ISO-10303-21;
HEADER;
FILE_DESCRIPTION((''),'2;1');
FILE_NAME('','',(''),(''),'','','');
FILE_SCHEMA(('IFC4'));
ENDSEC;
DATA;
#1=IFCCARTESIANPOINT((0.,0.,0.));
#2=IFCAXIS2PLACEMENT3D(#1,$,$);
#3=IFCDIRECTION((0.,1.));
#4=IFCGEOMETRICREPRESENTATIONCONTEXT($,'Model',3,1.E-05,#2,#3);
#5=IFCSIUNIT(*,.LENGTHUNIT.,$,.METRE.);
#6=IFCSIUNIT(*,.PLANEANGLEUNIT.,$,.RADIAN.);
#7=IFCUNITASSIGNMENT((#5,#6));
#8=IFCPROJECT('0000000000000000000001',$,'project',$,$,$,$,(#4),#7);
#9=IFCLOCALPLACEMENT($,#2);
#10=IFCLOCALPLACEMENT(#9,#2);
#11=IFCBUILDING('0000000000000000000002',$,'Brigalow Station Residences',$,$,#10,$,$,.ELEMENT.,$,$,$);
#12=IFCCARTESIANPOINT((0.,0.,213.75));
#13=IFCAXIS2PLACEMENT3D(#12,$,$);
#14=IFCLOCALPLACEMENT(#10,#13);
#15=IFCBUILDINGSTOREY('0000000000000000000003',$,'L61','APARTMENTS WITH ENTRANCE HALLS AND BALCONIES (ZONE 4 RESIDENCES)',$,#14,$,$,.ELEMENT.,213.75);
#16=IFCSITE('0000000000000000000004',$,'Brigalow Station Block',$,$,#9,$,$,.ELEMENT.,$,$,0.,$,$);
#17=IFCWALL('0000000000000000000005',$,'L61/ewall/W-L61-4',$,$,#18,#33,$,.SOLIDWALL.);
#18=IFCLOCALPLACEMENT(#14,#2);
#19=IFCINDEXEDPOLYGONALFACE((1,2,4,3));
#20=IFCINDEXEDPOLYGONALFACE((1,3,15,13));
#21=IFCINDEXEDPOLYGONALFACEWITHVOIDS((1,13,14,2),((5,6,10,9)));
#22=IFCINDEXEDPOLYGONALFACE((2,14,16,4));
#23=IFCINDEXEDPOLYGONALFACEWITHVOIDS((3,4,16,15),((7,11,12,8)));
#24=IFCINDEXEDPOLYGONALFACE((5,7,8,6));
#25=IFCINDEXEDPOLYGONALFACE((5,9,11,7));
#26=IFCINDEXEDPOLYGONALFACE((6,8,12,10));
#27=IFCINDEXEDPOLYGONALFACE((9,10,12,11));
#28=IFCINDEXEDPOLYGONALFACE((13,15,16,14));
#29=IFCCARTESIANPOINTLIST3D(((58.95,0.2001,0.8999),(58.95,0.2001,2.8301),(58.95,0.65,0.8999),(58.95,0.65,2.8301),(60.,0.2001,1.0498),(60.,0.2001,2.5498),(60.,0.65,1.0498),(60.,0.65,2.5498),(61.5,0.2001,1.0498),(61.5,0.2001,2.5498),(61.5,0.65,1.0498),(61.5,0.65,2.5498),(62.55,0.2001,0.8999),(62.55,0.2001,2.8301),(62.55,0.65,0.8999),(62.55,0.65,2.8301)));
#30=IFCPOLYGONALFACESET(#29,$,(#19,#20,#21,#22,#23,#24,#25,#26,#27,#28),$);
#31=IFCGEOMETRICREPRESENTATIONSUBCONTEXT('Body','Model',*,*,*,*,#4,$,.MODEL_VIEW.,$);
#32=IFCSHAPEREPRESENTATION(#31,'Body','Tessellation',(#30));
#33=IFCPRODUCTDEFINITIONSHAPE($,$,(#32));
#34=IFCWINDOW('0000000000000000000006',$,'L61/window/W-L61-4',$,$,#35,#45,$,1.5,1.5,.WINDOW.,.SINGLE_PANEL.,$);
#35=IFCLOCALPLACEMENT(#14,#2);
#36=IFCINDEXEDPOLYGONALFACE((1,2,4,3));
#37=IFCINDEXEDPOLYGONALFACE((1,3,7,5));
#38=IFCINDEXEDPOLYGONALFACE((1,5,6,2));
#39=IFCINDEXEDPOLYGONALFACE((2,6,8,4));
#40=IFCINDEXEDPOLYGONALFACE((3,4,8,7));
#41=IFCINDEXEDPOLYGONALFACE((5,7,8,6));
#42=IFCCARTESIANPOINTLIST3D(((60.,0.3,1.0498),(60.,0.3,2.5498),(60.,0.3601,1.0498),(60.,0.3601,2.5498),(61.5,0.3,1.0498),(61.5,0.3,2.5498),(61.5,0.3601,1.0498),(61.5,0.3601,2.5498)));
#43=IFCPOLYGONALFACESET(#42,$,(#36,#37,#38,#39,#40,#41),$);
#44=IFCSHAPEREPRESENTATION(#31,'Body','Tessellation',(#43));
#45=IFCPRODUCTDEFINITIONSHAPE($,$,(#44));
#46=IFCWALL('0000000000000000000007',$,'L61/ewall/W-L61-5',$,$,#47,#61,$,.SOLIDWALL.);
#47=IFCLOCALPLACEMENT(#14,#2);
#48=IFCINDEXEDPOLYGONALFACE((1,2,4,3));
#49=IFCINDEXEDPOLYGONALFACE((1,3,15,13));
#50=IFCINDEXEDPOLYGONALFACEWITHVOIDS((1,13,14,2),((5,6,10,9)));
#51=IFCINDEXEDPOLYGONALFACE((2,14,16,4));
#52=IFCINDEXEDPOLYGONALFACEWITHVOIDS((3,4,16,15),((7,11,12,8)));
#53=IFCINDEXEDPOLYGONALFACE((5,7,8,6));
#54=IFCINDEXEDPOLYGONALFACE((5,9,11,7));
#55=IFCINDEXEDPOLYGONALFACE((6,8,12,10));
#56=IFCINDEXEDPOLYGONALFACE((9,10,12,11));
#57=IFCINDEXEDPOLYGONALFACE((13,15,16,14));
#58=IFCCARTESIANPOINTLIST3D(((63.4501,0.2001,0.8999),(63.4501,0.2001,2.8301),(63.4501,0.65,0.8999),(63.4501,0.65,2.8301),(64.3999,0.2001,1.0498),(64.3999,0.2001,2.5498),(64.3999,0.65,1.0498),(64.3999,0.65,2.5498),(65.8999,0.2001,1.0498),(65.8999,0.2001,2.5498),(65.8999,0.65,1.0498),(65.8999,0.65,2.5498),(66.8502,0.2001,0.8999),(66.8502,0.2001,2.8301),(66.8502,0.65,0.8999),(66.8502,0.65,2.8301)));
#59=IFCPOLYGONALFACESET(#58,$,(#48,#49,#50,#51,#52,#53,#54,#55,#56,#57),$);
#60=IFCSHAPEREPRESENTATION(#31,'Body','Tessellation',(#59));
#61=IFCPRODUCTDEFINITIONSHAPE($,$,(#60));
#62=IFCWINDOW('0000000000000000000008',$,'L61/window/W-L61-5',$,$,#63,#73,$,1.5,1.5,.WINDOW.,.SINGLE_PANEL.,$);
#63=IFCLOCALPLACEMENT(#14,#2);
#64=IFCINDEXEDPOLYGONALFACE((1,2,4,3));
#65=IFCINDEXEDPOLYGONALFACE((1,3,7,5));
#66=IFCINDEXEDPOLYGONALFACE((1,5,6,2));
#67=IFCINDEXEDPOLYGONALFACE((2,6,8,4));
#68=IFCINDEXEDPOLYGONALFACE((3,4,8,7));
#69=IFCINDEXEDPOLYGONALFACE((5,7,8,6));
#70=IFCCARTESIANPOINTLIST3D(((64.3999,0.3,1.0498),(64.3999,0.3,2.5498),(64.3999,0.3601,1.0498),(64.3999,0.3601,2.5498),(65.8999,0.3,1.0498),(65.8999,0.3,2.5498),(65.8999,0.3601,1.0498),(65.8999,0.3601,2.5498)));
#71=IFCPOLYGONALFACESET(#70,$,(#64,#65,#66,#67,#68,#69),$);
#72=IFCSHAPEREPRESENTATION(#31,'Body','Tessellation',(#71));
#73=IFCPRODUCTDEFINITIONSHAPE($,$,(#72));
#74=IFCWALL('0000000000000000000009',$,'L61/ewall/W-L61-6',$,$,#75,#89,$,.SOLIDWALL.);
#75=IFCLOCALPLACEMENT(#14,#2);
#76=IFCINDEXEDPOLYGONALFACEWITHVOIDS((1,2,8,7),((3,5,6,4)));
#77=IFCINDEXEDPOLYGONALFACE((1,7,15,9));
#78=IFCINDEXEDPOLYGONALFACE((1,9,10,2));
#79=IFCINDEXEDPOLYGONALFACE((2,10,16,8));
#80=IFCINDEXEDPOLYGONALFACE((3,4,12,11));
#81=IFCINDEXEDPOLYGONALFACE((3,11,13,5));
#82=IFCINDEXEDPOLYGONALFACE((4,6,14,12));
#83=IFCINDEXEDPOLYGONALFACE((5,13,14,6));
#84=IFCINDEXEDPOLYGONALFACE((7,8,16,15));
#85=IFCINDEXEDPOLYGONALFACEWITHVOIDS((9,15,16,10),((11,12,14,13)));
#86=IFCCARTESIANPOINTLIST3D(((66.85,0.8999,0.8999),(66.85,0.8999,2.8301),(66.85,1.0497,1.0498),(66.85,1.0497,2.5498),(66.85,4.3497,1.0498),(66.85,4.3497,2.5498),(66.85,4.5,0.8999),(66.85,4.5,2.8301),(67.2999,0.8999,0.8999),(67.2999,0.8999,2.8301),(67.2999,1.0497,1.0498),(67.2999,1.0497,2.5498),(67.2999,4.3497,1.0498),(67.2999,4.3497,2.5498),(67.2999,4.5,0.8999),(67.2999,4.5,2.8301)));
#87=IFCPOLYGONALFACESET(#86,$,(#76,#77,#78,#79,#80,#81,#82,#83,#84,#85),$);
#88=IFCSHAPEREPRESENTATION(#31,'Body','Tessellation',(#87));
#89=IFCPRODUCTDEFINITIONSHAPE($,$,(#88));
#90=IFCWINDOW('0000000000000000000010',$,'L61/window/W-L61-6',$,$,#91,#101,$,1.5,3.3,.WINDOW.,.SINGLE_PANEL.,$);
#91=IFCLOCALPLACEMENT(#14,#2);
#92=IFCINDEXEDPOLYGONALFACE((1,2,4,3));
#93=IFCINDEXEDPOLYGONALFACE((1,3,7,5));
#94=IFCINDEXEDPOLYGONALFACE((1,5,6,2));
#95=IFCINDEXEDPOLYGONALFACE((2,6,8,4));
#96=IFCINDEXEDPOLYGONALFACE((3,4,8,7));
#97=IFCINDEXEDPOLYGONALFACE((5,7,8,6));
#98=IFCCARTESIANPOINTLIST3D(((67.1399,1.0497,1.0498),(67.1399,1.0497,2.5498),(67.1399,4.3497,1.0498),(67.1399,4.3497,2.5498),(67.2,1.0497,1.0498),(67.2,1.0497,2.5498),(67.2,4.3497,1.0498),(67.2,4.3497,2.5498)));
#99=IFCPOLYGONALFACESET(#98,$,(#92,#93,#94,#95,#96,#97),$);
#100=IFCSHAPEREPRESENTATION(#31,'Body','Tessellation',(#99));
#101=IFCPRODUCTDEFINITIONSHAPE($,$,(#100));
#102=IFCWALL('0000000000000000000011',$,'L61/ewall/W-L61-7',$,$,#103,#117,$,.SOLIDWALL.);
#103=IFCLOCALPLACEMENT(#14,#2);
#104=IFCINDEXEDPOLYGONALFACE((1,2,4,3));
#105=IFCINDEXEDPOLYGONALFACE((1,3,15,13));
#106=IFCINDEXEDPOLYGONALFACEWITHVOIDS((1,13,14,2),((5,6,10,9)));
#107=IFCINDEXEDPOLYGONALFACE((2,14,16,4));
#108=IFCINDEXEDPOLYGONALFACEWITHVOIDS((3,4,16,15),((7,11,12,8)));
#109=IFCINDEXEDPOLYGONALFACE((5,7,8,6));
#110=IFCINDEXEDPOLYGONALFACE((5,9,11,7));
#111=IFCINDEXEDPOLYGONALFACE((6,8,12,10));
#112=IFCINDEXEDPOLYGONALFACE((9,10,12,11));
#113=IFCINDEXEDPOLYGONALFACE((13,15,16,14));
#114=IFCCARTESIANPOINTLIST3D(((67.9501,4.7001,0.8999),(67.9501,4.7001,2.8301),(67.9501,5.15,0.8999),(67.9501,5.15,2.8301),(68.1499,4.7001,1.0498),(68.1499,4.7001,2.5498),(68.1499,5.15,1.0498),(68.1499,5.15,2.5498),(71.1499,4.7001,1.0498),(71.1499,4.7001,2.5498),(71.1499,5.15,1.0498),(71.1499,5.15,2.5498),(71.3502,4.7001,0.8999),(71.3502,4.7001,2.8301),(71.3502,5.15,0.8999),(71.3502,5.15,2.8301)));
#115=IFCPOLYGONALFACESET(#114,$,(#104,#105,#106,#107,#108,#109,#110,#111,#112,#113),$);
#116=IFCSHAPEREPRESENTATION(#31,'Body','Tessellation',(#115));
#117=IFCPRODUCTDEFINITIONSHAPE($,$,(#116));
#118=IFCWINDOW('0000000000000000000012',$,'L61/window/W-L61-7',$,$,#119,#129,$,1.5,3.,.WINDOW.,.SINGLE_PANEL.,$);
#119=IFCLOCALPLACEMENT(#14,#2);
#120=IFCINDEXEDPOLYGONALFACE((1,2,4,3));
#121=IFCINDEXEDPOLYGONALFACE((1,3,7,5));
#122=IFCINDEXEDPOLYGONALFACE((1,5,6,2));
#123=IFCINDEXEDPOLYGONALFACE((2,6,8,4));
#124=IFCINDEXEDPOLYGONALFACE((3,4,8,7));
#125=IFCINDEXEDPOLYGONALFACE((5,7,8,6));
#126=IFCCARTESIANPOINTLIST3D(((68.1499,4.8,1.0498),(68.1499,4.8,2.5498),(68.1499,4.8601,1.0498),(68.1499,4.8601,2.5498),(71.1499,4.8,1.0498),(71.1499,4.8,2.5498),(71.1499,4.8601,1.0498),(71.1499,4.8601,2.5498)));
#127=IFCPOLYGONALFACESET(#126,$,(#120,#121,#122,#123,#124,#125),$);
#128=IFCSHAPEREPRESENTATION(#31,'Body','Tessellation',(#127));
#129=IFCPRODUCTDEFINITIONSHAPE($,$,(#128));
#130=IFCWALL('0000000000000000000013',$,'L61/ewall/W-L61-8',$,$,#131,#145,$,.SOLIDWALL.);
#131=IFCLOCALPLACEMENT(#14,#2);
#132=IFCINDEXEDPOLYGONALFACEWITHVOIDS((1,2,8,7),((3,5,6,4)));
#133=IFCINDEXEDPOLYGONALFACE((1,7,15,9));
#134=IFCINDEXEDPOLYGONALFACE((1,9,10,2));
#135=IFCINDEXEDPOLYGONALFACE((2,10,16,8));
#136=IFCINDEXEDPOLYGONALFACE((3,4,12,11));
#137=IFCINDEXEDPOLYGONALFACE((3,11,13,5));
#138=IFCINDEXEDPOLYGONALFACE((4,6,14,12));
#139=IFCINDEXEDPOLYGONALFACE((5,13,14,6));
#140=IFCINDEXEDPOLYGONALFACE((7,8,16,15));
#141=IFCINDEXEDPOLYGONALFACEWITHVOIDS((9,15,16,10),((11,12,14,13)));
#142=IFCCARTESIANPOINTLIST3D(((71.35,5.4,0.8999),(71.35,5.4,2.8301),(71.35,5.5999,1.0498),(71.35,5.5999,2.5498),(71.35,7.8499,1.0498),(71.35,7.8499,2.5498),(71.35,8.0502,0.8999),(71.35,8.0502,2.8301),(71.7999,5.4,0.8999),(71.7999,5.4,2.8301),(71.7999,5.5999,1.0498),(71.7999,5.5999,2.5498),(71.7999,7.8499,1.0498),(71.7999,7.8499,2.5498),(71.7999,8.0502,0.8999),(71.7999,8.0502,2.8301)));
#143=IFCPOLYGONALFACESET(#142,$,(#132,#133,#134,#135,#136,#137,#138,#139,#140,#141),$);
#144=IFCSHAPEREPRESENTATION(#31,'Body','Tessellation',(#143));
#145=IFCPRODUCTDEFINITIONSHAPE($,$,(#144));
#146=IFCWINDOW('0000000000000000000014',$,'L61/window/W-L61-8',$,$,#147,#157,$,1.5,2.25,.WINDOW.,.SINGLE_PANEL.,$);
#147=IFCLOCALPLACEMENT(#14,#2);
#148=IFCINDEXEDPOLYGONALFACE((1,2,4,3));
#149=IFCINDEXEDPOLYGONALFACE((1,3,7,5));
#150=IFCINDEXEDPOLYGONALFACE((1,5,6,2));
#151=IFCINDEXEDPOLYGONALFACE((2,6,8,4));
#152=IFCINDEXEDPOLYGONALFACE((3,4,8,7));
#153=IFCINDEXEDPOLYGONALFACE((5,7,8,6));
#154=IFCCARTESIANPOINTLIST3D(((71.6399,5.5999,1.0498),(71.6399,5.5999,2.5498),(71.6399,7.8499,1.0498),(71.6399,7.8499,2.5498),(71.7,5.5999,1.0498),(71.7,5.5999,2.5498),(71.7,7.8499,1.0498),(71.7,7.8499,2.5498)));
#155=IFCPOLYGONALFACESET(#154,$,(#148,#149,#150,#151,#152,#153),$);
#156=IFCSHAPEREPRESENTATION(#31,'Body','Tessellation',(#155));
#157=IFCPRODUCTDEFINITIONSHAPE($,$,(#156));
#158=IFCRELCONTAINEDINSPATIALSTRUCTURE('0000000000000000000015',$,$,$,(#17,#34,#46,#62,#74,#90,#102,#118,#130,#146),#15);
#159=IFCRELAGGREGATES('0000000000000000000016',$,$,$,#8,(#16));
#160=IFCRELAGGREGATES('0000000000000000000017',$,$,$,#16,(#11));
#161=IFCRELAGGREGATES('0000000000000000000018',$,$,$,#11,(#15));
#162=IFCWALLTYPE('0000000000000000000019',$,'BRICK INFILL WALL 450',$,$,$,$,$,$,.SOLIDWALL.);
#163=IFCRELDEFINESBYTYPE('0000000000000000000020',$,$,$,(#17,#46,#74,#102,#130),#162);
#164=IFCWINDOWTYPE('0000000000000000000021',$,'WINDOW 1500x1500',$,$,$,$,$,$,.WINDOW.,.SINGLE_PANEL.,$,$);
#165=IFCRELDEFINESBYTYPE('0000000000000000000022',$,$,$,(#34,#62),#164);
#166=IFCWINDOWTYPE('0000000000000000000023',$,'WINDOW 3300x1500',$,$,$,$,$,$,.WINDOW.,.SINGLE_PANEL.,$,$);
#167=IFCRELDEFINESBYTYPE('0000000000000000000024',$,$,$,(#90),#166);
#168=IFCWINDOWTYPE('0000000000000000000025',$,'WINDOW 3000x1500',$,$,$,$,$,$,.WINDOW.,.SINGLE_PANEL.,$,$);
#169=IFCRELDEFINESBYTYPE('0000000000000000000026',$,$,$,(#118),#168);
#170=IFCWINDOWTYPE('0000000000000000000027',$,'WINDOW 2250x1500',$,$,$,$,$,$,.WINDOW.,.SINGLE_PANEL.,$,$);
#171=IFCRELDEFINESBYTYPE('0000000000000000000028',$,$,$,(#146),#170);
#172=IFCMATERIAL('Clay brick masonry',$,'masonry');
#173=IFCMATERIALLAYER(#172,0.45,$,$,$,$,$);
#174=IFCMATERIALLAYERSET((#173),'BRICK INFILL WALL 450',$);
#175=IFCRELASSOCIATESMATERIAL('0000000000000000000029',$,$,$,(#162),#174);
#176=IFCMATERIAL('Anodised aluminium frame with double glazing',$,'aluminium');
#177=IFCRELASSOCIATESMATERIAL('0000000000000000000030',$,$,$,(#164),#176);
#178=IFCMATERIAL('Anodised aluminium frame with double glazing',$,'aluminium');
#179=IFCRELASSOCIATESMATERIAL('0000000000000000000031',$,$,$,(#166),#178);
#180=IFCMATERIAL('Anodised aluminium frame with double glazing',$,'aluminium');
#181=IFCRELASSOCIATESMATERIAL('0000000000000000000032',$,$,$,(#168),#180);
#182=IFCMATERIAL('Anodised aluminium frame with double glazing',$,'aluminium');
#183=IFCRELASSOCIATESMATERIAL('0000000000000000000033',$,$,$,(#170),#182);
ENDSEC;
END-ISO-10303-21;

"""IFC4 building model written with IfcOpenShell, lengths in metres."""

from ifc_helpers import new_model, si_unit, direction, frame, frame_2d, origin, place, context, subcontext, project, spatial, rectangle, extrude, material, layer, layer_set, type_object, element, fill, save


model = new_model("IFC4")

# Units and contexts
model_context = context("Model", 3, precision=1e-05, world=origin(), true_north=direction((0.0, 1.0)))
body_context = subcontext(model_context, "Body", "Model", "MODEL_VIEW")
ifc_project = project(units=[si_unit("LENGTHUNIT", "METRE"), si_unit("PLANEANGLEUNIT", "RADIAN")], contexts=[model_context])

# Site, building, storey
site_placement = place(None, origin())
site = spatial("IfcSite", under=ifc_project, at=site_placement, Name="Brigalow Station Block", CompositionType="ELEMENT", RefElevation=0.0)
building_placement = place(site_placement, origin())
building = spatial("IfcBuilding", under=site, at=building_placement, Name="Brigalow Station Residences", CompositionType="ELEMENT")
storey_placement = place(building_placement, frame((0.0, 0.0, 213.75)))
storey = spatial("IfcBuildingStorey", under=building, at=storey_placement, Name="L61", Description="APARTMENTS WITH ENTRANCE HALLS AND BALCONIES (ZONE 4 RESIDENCES)", CompositionType="ELEMENT", Elevation=213.75)

# Walls, openings, windows
ifc_material_1 = material(Name="Clay brick masonry", Category="masonry")
ifc_layer_1 = layer(ifc_material_1, 0.45)
ifc_layer_set_1 = layer_set([ifc_layer_1], Name="BRICK INFILL WALL 450")
wall_type_1 = type_object("IfcWallType", Name="BRICK INFILL WALL 450", PredefinedType="SOLIDWALL", material=ifc_layer_set_1)
ifc_material_2 = material(Name="Anodised aluminium frame with double glazing", Category="aluminium")
window_type_1 = type_object("IfcWindowType", Name="WINDOW 1500x1500", PartitioningType="SINGLE_PANEL", PredefinedType="WINDOW", material=ifc_material_2)
wall_1_placement = place(storey_placement, frame((58.95, 0.425, 0.8999), z_axis=(0.0, 0.0, 1.0), x_axis=(1.0, 0.0, 0.0)))
wall_1 = element("IfcWall", 1, at=wall_1_placement, inside=storey, type_object=wall_type_1, Name="L61/ewall/W-L61-4", PredefinedType="SOLIDWALL", context=body_context, shape_type="SweptSolid", body=[
    extrude(rectangle(XDim=3.6001, YDim=0.45, at=frame_2d((1.8, 0.0))), origin(), (0.0, 0.0, 1.0), 1.9302),
])
opening_1_placement = place(wall_1_placement, frame((1.05, 0.0, 0.1499)))
opening_1 = element("IfcOpeningElement", 2, at=opening_1_placement, cuts=wall_1, PredefinedType="OPENING", context=body_context, shape_type="SweptSolid", body=[
    extrude(rectangle(XDim=1.5, YDim=1.5, at=frame_2d((0.75, 0.75))), frame((0.0, 0.2349, 0.0), z_axis=(0.0, -1.0, 0.0), x_axis=(1.0, 0.0, 0.0)), (0.0, 0.0, 1.0), 0.47),
])
window_1_placement = place(opening_1_placement, origin())
window_1 = element("IfcWindow", 3, at=window_1_placement, inside=storey, type_object=window_type_1, Name="L61/window/W-L61-4", OverallHeight=1.5, OverallWidth=1.5, PartitioningType="SINGLE_PANEL", PredefinedType="WINDOW", context=body_context, shape_type="SweptSolid", body=[
    extrude(rectangle(XDim=1.5, YDim=1.5, at=frame_2d((0.75, 0.75))), frame((0.0, -0.0649, 0.0), z_axis=(0.0, -1.0, 0.0), x_axis=(1.0, 0.0, 0.0)), (0.0, 0.0, 1.0), 0.0601),
])
fill(opening_1, window_1)
wall_2_placement = place(storey_placement, frame((63.45, 0.425, 0.8999), z_axis=(0.0, 0.0, 1.0), x_axis=(1.0, 0.0, 0.0)))
wall_2 = element("IfcWall", 4, at=wall_2_placement, inside=storey, type_object=wall_type_1, Name="L61/ewall/W-L61-5", PredefinedType="SOLIDWALL", context=body_context, shape_type="SweptSolid", body=[
    extrude(rectangle(XDim=3.4001, YDim=0.45, at=frame_2d((1.7002, 0.0))), origin(), (0.0, 0.0, 1.0), 1.9302),
])
opening_2_placement = place(wall_2_placement, frame((0.95, 0.0, 0.1499)))
opening_2 = element("IfcOpeningElement", 5, at=opening_2_placement, cuts=wall_2, PredefinedType="OPENING", context=body_context, shape_type="SweptSolid", body=[
    extrude(rectangle(XDim=1.5, YDim=1.5, at=frame_2d((0.75, 0.75))), frame((0.0, 0.2349, 0.0), z_axis=(0.0, -1.0, 0.0), x_axis=(1.0, 0.0, 0.0)), (0.0, 0.0, 1.0), 0.47),
])
window_2_placement = place(opening_2_placement, origin())
window_2 = element("IfcWindow", 6, at=window_2_placement, inside=storey, type_object=window_type_1, Name="L61/window/W-L61-5", OverallHeight=1.5, OverallWidth=1.5, PartitioningType="SINGLE_PANEL", PredefinedType="WINDOW", context=body_context, shape_type="SweptSolid", body=[
    extrude(rectangle(XDim=1.5, YDim=1.5, at=frame_2d((0.75, 0.75))), frame((0.0, -0.0649, 0.0), z_axis=(0.0, -1.0, 0.0), x_axis=(1.0, 0.0, 0.0)), (0.0, 0.0, 1.0), 0.0601),
])
fill(opening_2, window_2)
wall_3_placement = place(storey_placement, frame((67.075, 0.8999, 0.8999), z_axis=(0.0, 0.0, 1.0), x_axis=(0.0, 1.0, 0.0)))
wall_3 = element("IfcWall", 7, at=wall_3_placement, inside=storey, type_object=wall_type_1, Name="L61/ewall/W-L61-6", PredefinedType="SOLIDWALL", context=body_context, shape_type="SweptSolid", body=[
    extrude(rectangle(XDim=3.6001, YDim=0.45, at=frame_2d((1.8, 0.0))), origin(), (0.0, 0.0, 1.0), 1.9302),
])
opening_3_placement = place(wall_3_placement, frame((0.1499, 0.0, 0.1499)))
opening_3 = element("IfcOpeningElement", 8, at=opening_3_placement, cuts=wall_3, PredefinedType="OPENING", context=body_context, shape_type="SweptSolid", body=[
    extrude(rectangle(XDim=3.3, YDim=1.5, at=frame_2d((1.6499, 0.75))), frame((0.0, 0.2349, 0.0), z_axis=(0.0, -1.0, 0.0), x_axis=(1.0, 0.0, 0.0)), (0.0, 0.0, 1.0), 0.47),
])
ifc_material_3 = material(Name="Anodised aluminium frame with double glazing", Category="aluminium")
window_type_2 = type_object("IfcWindowType", Name="WINDOW 3300x1500", PartitioningType="SINGLE_PANEL", PredefinedType="WINDOW", material=ifc_material_3)
window_3_placement = place(opening_3_placement, origin())
window_3 = element("IfcWindow", 9, at=window_3_placement, inside=storey, type_object=window_type_2, Name="L61/window/W-L61-6", OverallHeight=1.5, OverallWidth=3.3, PartitioningType="SINGLE_PANEL", PredefinedType="WINDOW", context=body_context, shape_type="SweptSolid", body=[
    extrude(rectangle(XDim=3.3, YDim=1.5, at=frame_2d((1.6499, 0.75))), frame((0.0, -0.0649, 0.0), z_axis=(0.0, -1.0, 0.0), x_axis=(1.0, 0.0, 0.0)), (0.0, 0.0, 1.0), 0.0601),
])
fill(opening_3, window_3)
wall_4_placement = place(storey_placement, frame((67.95, 4.925, 0.8999), z_axis=(0.0, 0.0, 1.0), x_axis=(1.0, 0.0, 0.0)))
wall_4 = element("IfcWall", 10, at=wall_4_placement, inside=storey, type_object=wall_type_1, Name="L61/ewall/W-L61-7", PredefinedType="SOLIDWALL", context=body_context, shape_type="SweptSolid", body=[
    extrude(rectangle(XDim=3.4001, YDim=0.45, at=frame_2d((1.7002, 0.0))), origin(), (0.0, 0.0, 1.0), 1.9302),
])
opening_4_placement = place(wall_4_placement, frame((0.2, 0.0, 0.1499)))
opening_4 = element("IfcOpeningElement", 11, at=opening_4_placement, cuts=wall_4, PredefinedType="OPENING", context=body_context, shape_type="SweptSolid", body=[
    extrude(rectangle(XDim=3.0, YDim=1.5, at=frame_2d((1.5, 0.75))), frame((0.0, 0.2349, 0.0), z_axis=(0.0, -1.0, 0.0), x_axis=(1.0, 0.0, 0.0)), (0.0, 0.0, 1.0), 0.47),
])
ifc_material_4 = material(Name="Anodised aluminium frame with double glazing", Category="aluminium")
window_type_3 = type_object("IfcWindowType", Name="WINDOW 3000x1500", PartitioningType="SINGLE_PANEL", PredefinedType="WINDOW", material=ifc_material_4)
window_4_placement = place(opening_4_placement, origin())
window_4 = element("IfcWindow", 12, at=window_4_placement, inside=storey, type_object=window_type_3, Name="L61/window/W-L61-7", OverallHeight=1.5, OverallWidth=3.0, PartitioningType="SINGLE_PANEL", PredefinedType="WINDOW", context=body_context, shape_type="SweptSolid", body=[
    extrude(rectangle(XDim=3.0, YDim=1.5, at=frame_2d((1.5, 0.75))), frame((0.0, -0.0649, 0.0), z_axis=(0.0, -1.0, 0.0), x_axis=(1.0, 0.0, 0.0)), (0.0, 0.0, 1.0), 0.0601),
])
fill(opening_4, window_4)
wall_5_placement = place(storey_placement, frame((71.575, 5.3999, 0.8999), z_axis=(0.0, 0.0, 1.0), x_axis=(0.0, 1.0, 0.0)))
wall_5 = element("IfcWall", 13, at=wall_5_placement, inside=storey, type_object=wall_type_1, Name="L61/ewall/W-L61-8", PredefinedType="SOLIDWALL", context=body_context, shape_type="SweptSolid", body=[
    extrude(rectangle(XDim=2.6501, YDim=0.45, at=frame_2d((1.3252, 0.0))), origin(), (0.0, 0.0, 1.0), 1.9302),
])
opening_5_placement = place(wall_5_placement, frame((0.2, 0.0, 0.1499)))
opening_5 = element("IfcOpeningElement", 14, at=opening_5_placement, cuts=wall_5, PredefinedType="OPENING", context=body_context, shape_type="SweptSolid", body=[
    extrude(rectangle(XDim=2.25, YDim=1.5, at=frame_2d((1.125, 0.75))), frame((0.0, 0.2349, 0.0), z_axis=(0.0, -1.0, 0.0), x_axis=(1.0, 0.0, 0.0)), (0.0, 0.0, 1.0), 0.47),
])
ifc_material_5 = material(Name="Anodised aluminium frame with double glazing", Category="aluminium")
window_type_4 = type_object("IfcWindowType", Name="WINDOW 2250x1500", PartitioningType="SINGLE_PANEL", PredefinedType="WINDOW", material=ifc_material_5)
window_5_placement = place(opening_5_placement, origin())
window_5 = element("IfcWindow", 15, at=window_5_placement, inside=storey, type_object=window_type_4, Name="L61/window/W-L61-8", OverallHeight=1.5, OverallWidth=2.25, PartitioningType="SINGLE_PANEL", PredefinedType="WINDOW", context=body_context, shape_type="SweptSolid", body=[
    extrude(rectangle(XDim=2.25, YDim=1.5, at=frame_2d((1.125, 0.75))), frame((0.0, -0.0649, 0.0), z_axis=(0.0, -1.0, 0.0), x_axis=(1.0, 0.0, 0.0)), (0.0, 0.0, 1.0), 0.0601),
])
fill(opening_5, window_5)

save(model, "model.ifc")
